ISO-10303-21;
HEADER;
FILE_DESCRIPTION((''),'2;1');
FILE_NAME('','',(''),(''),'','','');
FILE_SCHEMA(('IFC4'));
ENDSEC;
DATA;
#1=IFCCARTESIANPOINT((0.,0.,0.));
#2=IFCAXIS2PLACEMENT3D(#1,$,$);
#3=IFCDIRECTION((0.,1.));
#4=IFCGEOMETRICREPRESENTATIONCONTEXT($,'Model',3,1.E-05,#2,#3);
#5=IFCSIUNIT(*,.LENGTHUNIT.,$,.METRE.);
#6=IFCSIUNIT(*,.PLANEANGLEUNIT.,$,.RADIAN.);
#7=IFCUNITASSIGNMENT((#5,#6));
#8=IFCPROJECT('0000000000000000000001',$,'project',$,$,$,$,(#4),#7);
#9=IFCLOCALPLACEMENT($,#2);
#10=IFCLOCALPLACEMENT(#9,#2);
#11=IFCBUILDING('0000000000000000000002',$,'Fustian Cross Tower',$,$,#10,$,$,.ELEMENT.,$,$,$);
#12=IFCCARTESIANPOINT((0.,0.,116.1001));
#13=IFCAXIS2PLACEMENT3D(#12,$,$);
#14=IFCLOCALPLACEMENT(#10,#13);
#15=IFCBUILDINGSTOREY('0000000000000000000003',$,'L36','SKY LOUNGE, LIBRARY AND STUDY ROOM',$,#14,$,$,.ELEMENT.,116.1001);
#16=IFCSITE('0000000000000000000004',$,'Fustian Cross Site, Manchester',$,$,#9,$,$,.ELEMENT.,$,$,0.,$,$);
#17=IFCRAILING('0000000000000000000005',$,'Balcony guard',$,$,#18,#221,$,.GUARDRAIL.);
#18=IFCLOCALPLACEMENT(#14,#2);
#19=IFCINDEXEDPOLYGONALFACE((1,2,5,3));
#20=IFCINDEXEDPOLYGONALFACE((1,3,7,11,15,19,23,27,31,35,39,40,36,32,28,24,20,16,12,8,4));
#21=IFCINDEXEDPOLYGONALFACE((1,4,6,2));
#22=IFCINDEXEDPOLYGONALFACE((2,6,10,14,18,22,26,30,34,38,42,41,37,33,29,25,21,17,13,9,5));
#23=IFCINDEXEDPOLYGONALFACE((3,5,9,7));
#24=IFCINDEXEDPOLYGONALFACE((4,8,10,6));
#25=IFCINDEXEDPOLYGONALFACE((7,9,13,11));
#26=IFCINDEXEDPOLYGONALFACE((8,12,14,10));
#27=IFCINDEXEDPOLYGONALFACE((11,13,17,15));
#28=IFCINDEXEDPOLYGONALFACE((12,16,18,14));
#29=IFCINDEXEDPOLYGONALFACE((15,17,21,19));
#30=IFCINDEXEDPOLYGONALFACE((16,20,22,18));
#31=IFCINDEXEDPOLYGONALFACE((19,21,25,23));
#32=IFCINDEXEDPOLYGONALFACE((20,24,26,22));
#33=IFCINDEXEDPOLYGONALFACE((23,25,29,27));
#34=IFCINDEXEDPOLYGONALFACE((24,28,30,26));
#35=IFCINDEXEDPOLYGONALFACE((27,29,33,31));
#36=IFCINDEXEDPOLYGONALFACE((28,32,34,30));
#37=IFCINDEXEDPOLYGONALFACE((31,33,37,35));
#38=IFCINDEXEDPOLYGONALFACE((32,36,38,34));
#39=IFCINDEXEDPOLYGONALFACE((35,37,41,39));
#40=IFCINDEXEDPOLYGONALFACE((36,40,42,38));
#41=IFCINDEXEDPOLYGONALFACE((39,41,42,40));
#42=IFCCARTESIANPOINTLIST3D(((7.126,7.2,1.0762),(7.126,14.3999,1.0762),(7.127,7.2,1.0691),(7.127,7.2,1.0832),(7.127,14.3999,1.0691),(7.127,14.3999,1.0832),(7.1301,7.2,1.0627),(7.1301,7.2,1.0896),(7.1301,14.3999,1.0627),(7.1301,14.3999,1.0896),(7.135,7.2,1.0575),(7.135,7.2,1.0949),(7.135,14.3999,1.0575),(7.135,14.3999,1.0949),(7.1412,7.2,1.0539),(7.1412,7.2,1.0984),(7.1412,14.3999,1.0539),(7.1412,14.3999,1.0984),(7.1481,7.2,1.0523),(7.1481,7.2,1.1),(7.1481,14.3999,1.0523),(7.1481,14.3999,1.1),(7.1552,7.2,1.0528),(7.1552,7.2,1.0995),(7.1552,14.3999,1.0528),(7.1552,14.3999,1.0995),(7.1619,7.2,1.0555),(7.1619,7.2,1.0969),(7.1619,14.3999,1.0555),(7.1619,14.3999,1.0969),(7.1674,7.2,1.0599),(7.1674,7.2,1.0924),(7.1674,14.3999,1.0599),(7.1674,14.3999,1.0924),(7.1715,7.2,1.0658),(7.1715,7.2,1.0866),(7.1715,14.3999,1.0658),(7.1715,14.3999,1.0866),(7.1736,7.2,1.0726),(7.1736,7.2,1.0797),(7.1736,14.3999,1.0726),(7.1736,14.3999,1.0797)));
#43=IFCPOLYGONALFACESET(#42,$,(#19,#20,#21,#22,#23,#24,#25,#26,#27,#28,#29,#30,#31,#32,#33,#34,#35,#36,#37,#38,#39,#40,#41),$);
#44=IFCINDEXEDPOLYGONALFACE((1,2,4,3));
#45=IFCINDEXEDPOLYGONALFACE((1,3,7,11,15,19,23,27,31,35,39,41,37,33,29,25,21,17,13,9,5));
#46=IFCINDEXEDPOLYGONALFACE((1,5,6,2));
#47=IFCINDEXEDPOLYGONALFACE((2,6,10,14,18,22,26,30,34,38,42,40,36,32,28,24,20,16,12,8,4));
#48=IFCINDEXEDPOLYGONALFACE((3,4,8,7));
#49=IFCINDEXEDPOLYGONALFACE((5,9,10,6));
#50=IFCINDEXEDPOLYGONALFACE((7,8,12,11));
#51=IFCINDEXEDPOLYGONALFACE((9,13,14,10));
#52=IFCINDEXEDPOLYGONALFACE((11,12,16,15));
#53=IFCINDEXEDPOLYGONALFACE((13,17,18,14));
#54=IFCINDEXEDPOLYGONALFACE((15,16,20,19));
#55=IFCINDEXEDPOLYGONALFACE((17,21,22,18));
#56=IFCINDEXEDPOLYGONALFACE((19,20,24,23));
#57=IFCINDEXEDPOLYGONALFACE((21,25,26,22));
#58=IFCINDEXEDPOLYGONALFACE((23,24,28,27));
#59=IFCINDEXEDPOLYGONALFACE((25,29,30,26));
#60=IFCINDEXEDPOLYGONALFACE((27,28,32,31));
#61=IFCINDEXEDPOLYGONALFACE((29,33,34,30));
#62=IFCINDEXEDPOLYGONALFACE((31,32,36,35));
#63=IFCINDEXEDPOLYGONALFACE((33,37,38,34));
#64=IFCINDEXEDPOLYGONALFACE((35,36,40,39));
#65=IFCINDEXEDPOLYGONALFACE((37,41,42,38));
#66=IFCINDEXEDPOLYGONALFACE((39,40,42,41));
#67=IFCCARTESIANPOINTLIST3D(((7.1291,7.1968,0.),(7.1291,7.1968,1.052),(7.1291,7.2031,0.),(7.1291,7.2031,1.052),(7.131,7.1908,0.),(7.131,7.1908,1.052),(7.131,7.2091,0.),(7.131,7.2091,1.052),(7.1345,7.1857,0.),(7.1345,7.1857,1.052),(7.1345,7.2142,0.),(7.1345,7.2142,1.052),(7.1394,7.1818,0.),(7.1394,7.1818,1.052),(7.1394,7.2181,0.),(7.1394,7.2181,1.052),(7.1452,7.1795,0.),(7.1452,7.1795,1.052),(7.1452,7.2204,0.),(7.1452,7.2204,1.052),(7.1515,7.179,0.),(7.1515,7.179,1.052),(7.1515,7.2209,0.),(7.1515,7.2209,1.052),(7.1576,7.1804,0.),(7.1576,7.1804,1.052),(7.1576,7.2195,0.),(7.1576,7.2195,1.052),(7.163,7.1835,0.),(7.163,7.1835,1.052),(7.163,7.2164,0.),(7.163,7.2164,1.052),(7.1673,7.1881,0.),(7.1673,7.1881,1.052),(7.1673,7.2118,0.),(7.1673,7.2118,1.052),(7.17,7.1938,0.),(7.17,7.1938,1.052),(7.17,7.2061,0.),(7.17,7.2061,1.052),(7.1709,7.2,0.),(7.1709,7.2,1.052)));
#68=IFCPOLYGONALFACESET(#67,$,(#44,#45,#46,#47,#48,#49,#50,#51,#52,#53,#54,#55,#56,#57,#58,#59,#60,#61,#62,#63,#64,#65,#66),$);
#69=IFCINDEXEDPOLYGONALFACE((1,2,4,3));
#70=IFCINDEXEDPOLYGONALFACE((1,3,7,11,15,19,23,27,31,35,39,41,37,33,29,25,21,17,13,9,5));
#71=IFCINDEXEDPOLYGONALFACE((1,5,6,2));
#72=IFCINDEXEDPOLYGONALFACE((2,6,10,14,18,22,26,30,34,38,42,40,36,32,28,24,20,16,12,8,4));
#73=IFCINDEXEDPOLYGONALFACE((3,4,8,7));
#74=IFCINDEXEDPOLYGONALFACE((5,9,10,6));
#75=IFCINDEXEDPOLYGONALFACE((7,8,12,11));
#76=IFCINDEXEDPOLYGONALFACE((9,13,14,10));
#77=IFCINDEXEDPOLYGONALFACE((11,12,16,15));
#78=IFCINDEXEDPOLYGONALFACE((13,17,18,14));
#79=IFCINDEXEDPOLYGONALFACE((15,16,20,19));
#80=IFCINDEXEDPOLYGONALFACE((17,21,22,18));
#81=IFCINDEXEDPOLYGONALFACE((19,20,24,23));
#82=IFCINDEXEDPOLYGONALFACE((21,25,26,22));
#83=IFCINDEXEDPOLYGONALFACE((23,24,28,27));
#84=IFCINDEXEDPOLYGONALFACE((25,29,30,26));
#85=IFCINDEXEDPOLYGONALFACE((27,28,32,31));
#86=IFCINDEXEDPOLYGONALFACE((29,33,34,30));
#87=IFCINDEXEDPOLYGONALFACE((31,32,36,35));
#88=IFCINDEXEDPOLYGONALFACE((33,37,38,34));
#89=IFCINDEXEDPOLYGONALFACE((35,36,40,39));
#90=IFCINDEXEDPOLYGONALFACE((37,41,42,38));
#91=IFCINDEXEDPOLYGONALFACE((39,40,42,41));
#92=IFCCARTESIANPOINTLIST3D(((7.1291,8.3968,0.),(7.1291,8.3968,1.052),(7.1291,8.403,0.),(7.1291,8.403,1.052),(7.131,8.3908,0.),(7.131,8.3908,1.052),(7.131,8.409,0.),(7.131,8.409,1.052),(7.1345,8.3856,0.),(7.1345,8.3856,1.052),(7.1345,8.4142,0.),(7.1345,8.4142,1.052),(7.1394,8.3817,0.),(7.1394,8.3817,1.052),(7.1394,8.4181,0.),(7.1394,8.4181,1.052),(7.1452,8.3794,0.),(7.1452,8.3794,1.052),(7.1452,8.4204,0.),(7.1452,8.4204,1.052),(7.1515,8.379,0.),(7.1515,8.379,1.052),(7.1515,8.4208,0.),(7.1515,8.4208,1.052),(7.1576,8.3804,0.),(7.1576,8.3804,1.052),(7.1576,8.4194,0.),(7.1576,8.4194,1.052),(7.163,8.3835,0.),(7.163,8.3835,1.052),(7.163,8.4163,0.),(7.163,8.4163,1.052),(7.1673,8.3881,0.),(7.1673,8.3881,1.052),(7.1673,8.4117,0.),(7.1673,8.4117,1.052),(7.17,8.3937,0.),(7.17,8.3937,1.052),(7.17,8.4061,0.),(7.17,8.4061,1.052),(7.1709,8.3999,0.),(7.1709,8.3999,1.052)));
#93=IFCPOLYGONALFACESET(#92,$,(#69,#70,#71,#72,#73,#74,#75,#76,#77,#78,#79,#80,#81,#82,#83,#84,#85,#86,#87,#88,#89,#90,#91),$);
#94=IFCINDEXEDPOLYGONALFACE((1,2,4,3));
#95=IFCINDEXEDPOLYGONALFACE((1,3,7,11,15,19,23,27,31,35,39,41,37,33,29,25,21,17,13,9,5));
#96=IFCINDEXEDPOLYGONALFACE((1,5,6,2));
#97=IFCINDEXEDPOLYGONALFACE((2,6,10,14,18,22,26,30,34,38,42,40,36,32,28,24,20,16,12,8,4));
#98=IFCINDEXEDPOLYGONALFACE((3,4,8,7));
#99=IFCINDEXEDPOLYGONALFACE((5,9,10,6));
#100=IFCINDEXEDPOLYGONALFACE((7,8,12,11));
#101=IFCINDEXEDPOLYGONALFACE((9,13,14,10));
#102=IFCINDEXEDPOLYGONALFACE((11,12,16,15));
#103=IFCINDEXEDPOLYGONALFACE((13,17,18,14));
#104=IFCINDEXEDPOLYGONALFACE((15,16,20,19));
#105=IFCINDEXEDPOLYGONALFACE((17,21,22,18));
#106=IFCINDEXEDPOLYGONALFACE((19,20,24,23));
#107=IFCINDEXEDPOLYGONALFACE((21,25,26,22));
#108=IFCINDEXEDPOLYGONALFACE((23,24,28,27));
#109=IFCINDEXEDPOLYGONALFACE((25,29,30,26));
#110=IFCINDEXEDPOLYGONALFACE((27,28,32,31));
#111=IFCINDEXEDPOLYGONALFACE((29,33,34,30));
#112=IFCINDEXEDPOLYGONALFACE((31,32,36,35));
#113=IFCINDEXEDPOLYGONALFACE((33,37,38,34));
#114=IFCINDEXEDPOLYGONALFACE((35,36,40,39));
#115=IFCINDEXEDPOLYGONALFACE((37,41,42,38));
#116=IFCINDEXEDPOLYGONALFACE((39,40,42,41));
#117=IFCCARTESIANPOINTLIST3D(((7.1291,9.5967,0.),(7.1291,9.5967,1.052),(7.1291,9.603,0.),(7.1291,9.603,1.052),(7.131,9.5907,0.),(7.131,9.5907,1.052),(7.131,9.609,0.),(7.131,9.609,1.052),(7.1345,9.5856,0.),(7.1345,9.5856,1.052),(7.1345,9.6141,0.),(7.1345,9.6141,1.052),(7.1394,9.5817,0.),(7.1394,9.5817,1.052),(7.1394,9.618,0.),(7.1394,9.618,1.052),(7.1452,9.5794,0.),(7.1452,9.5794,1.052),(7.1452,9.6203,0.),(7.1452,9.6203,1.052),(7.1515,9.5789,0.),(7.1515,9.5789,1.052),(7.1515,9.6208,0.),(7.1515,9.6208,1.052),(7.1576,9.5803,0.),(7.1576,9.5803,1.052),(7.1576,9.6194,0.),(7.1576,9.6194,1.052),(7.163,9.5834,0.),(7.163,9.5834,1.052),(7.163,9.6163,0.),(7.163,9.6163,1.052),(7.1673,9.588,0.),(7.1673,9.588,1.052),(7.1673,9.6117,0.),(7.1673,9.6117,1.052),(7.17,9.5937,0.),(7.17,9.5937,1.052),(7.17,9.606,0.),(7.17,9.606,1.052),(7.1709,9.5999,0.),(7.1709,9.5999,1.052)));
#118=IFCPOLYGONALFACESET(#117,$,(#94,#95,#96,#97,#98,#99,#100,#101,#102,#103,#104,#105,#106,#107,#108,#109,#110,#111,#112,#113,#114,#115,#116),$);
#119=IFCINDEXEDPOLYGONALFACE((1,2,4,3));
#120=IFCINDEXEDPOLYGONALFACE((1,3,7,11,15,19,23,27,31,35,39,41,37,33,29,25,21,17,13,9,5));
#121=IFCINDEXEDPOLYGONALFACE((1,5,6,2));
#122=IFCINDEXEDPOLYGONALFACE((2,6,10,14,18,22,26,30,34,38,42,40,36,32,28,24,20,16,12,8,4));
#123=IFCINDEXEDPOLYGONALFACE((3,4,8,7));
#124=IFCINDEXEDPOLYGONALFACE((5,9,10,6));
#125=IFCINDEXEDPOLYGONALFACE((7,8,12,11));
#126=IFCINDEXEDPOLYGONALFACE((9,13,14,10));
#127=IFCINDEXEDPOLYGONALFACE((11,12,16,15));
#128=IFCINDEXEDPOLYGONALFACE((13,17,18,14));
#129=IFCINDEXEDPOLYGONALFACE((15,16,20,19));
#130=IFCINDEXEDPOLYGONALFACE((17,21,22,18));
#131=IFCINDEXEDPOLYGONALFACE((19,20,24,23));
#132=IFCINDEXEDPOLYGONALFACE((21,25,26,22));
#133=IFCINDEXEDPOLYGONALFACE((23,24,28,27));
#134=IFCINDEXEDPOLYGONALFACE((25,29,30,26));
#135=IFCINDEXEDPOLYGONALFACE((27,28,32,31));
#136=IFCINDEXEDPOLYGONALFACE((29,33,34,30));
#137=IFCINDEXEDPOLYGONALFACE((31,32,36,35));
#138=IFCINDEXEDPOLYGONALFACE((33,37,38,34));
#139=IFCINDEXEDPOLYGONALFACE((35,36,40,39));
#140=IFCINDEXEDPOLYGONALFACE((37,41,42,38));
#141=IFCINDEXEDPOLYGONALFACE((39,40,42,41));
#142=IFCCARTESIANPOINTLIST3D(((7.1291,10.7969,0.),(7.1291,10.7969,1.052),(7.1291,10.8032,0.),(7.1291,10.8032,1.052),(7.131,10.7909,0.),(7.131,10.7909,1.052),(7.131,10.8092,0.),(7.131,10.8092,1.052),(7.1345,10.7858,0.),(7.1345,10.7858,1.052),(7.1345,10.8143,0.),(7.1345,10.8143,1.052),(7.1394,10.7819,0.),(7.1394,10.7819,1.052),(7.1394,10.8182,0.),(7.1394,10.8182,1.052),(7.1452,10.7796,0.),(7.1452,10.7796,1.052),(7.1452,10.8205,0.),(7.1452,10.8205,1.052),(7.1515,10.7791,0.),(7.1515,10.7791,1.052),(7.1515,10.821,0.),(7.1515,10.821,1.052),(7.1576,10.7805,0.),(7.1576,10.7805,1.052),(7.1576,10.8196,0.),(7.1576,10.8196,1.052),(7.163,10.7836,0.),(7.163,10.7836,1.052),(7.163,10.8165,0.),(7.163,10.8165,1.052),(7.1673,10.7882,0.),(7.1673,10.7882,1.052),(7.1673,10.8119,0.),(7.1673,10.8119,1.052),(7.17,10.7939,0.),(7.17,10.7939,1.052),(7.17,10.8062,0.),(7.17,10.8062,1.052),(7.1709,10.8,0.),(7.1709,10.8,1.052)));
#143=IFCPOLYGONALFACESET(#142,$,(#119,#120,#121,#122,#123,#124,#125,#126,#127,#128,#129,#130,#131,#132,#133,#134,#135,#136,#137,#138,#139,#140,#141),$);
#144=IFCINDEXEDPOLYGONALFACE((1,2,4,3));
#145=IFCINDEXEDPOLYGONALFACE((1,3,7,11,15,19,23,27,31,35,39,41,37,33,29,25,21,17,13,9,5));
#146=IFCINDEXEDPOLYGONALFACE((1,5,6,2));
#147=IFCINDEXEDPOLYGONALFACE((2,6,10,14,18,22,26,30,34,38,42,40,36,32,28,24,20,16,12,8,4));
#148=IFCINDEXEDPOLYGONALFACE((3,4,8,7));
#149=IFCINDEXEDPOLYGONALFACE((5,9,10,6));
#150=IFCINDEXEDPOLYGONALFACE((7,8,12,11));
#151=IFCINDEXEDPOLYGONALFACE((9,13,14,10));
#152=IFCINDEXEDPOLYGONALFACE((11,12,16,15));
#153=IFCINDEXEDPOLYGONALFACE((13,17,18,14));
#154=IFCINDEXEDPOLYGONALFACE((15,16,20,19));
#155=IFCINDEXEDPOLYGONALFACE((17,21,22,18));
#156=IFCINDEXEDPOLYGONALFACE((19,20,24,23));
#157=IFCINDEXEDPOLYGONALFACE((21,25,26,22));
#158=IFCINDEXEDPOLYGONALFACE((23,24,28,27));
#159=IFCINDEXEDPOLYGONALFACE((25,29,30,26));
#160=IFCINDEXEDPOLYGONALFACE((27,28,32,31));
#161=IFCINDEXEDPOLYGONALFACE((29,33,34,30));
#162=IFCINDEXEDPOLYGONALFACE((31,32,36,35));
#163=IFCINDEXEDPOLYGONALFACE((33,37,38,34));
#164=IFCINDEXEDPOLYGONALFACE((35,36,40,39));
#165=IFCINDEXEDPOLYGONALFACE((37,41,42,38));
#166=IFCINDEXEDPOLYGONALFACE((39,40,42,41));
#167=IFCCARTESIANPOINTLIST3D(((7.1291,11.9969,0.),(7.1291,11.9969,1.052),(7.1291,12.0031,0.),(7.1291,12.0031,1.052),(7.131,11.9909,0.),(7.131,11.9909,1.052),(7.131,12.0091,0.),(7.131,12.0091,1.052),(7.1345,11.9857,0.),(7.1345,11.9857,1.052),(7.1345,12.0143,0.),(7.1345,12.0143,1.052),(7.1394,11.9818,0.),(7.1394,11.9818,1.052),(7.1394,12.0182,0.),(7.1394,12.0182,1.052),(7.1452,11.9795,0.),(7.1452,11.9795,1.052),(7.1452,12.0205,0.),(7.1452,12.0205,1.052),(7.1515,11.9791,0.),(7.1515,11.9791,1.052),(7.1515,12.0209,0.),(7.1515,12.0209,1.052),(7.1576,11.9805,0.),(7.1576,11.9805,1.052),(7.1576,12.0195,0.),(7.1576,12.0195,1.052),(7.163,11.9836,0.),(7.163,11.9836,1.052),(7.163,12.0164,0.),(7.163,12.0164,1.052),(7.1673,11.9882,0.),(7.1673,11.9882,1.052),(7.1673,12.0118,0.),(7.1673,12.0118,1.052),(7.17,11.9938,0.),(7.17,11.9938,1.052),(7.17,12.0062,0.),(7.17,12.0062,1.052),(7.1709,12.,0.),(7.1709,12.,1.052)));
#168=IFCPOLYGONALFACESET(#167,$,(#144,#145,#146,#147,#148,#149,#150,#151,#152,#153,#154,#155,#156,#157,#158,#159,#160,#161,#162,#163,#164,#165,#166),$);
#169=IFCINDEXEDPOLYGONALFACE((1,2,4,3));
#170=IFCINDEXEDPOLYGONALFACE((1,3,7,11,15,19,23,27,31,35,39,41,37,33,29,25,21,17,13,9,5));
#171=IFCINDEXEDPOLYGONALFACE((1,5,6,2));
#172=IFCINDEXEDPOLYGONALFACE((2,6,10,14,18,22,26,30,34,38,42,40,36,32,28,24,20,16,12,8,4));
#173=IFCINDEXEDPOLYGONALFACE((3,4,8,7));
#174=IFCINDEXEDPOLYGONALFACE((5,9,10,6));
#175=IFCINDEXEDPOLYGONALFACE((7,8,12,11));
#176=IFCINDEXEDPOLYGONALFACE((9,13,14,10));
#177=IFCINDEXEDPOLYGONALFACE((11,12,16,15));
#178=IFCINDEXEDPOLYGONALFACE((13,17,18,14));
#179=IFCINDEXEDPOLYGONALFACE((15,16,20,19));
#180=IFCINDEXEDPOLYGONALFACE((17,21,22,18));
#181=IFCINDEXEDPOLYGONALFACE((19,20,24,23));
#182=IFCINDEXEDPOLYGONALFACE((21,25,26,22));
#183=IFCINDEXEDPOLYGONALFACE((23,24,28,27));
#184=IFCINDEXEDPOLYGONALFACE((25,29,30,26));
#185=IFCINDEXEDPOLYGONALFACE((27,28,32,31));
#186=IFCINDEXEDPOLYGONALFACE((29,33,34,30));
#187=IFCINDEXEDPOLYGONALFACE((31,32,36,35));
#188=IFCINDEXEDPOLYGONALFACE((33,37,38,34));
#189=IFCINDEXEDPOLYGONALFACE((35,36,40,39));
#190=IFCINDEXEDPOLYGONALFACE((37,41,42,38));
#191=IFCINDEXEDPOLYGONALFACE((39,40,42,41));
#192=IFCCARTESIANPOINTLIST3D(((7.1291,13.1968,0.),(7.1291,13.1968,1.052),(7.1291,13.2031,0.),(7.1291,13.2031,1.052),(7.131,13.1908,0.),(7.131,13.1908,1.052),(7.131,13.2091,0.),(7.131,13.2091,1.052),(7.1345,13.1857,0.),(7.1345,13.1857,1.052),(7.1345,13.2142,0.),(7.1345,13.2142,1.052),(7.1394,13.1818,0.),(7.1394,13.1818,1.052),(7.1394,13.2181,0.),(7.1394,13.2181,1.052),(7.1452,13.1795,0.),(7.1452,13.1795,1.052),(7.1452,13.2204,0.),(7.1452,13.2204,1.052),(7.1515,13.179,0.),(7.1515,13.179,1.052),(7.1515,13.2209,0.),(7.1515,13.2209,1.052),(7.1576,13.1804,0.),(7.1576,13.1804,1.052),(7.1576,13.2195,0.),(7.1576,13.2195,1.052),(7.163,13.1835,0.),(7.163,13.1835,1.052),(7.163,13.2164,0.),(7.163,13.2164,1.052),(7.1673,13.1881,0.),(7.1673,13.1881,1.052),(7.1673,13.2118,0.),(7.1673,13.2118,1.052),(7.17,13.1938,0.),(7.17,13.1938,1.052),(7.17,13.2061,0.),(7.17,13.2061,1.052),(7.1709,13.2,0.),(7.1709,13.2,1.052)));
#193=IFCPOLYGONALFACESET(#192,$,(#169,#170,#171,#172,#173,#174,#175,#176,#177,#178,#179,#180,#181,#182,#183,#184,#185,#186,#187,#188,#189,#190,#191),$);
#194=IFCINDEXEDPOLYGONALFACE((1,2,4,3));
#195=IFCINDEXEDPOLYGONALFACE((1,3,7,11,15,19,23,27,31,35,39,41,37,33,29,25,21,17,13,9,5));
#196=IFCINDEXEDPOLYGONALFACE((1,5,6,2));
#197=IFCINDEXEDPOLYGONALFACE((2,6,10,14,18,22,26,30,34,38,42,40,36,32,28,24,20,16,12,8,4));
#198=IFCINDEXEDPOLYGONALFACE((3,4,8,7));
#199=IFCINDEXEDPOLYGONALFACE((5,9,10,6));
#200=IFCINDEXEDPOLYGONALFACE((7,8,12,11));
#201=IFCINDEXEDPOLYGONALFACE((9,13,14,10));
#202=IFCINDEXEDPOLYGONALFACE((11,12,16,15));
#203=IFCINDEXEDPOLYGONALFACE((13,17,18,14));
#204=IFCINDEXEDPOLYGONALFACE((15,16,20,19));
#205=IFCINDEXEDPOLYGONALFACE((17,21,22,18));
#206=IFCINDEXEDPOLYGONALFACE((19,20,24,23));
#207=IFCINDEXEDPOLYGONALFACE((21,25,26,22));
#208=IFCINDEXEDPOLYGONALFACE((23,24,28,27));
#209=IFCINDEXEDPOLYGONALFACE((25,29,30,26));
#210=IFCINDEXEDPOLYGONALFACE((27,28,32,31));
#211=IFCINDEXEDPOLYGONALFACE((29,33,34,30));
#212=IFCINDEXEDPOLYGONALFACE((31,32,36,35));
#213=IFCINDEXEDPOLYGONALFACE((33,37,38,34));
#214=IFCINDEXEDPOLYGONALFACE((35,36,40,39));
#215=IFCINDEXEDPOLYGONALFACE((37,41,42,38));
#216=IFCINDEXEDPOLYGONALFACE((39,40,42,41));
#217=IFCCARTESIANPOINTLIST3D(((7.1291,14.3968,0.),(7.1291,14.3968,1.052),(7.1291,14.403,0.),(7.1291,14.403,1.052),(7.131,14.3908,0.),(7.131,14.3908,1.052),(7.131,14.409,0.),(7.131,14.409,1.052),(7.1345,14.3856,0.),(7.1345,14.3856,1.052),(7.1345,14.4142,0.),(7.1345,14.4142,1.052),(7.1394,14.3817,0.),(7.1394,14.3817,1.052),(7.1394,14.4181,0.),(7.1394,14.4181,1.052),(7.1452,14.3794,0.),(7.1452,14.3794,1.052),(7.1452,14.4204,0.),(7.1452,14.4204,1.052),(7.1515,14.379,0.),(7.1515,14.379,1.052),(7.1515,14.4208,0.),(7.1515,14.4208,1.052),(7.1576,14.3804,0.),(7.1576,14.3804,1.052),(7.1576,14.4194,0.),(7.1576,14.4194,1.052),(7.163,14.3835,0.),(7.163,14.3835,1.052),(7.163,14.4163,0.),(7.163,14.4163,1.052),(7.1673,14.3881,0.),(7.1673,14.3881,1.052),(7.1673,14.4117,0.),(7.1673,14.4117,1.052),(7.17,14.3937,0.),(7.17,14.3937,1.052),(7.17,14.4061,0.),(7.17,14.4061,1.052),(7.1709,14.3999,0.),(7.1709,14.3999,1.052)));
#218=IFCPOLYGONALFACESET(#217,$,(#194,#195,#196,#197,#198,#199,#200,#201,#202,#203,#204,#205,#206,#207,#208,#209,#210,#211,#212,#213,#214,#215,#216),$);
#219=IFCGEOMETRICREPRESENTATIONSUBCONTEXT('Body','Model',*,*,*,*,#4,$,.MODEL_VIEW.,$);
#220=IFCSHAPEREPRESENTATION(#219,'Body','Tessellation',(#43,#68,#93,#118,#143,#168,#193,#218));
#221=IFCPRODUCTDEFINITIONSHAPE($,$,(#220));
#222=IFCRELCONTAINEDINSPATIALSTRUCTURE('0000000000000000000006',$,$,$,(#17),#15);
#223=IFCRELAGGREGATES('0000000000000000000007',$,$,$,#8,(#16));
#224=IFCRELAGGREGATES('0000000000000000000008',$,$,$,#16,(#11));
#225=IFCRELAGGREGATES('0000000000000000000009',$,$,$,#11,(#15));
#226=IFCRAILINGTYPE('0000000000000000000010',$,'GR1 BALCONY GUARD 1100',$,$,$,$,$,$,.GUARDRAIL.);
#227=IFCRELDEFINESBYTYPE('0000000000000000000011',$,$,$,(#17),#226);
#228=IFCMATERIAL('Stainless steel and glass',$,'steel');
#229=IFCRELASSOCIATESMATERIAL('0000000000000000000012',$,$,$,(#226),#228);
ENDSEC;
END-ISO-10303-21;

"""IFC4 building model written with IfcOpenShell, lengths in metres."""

from ifc_helpers import new_model, si_unit, direction, frame, origin, origin_2d, place, context, subcontext, project, spatial, circle, extrude, material, type_object, element, save


model = new_model("IFC4")

# Units and contexts
model_context = context("Model", 3, precision=1e-05, world=origin(), true_north=direction((0.0, 1.0)))
body_context = subcontext(model_context, "Body", "Model", "MODEL_VIEW")
ifc_project = project(units=[si_unit("LENGTHUNIT", "METRE"), si_unit("PLANEANGLEUNIT", "RADIAN")], contexts=[model_context])

# Site, building, storey
site_placement = place(None, origin())
site = spatial("IfcSite", under=ifc_project, at=site_placement, Name="Fustian Cross Site, Manchester", CompositionType="ELEMENT", RefElevation=0.0)
building_placement = place(site_placement, origin())
building = spatial("IfcBuilding", under=site, at=building_placement, Name="Fustian Cross Tower", CompositionType="ELEMENT")
storey_placement = place(building_placement, frame((0.0, 0.0, 116.1001)))
storey = spatial("IfcBuildingStorey", under=building, at=storey_placement, Name="L36", Description="SKY LOUNGE, LIBRARY AND STUDY ROOM", CompositionType="ELEMENT", Elevation=116.1001)

# Railing
ifc_material_1 = material(Name="Stainless steel and glass", Category="steel")
railing_type_1 = type_object("IfcRailingType", Name="GR1 BALCONY GUARD 1100", PredefinedType="GUARDRAIL", material=ifc_material_1)
railing_1_placement = place(storey_placement, frame((7.1499, 7.2, 0.0)))
element("IfcRailing", 1, at=railing_1_placement, inside=storey, type_object=railing_type_1, Name="Balcony guard", PredefinedType="GUARDRAIL", context=body_context, shape_type="SweptSolid", body=[
    extrude(circle(Radius=0.0239, at=origin_2d()), frame((0.0, 0.0, 1.0762), z_axis=(0.0, 1.0, 0.0), x_axis=(-1.0, 0.0, 0.0)), (0.0, 0.0, 1.0), 7.2),
    extrude(circle(Radius=0.021, at=origin_2d()), origin(), (0.0, 0.0, 1.0), 1.052),
    extrude(circle(Radius=0.021, at=origin_2d()), frame((0.0, 1.2, 0.0)), (0.0, 0.0, 1.0), 1.052),
    extrude(circle(Radius=0.021, at=origin_2d()), frame((0.0, 2.3999, 0.0)), (0.0, 0.0, 1.0), 1.052),
    extrude(circle(Radius=0.021, at=origin_2d()), frame((0.0, 3.6001, 0.0)), (0.0, 0.0, 1.0), 1.052),
    extrude(circle(Radius=0.021, at=origin_2d()), frame((0.0, 4.8, 0.0)), (0.0, 0.0, 1.0), 1.052),
    extrude(circle(Radius=0.021, at=origin_2d()), frame((0.0, 6.0, 0.0)), (0.0, 0.0, 1.0), 1.052),
    extrude(circle(Radius=0.021, at=origin_2d()), frame((0.0, 7.2, 0.0)), (0.0, 0.0, 1.0), 1.052),
])

save(model, "model.ifc")
